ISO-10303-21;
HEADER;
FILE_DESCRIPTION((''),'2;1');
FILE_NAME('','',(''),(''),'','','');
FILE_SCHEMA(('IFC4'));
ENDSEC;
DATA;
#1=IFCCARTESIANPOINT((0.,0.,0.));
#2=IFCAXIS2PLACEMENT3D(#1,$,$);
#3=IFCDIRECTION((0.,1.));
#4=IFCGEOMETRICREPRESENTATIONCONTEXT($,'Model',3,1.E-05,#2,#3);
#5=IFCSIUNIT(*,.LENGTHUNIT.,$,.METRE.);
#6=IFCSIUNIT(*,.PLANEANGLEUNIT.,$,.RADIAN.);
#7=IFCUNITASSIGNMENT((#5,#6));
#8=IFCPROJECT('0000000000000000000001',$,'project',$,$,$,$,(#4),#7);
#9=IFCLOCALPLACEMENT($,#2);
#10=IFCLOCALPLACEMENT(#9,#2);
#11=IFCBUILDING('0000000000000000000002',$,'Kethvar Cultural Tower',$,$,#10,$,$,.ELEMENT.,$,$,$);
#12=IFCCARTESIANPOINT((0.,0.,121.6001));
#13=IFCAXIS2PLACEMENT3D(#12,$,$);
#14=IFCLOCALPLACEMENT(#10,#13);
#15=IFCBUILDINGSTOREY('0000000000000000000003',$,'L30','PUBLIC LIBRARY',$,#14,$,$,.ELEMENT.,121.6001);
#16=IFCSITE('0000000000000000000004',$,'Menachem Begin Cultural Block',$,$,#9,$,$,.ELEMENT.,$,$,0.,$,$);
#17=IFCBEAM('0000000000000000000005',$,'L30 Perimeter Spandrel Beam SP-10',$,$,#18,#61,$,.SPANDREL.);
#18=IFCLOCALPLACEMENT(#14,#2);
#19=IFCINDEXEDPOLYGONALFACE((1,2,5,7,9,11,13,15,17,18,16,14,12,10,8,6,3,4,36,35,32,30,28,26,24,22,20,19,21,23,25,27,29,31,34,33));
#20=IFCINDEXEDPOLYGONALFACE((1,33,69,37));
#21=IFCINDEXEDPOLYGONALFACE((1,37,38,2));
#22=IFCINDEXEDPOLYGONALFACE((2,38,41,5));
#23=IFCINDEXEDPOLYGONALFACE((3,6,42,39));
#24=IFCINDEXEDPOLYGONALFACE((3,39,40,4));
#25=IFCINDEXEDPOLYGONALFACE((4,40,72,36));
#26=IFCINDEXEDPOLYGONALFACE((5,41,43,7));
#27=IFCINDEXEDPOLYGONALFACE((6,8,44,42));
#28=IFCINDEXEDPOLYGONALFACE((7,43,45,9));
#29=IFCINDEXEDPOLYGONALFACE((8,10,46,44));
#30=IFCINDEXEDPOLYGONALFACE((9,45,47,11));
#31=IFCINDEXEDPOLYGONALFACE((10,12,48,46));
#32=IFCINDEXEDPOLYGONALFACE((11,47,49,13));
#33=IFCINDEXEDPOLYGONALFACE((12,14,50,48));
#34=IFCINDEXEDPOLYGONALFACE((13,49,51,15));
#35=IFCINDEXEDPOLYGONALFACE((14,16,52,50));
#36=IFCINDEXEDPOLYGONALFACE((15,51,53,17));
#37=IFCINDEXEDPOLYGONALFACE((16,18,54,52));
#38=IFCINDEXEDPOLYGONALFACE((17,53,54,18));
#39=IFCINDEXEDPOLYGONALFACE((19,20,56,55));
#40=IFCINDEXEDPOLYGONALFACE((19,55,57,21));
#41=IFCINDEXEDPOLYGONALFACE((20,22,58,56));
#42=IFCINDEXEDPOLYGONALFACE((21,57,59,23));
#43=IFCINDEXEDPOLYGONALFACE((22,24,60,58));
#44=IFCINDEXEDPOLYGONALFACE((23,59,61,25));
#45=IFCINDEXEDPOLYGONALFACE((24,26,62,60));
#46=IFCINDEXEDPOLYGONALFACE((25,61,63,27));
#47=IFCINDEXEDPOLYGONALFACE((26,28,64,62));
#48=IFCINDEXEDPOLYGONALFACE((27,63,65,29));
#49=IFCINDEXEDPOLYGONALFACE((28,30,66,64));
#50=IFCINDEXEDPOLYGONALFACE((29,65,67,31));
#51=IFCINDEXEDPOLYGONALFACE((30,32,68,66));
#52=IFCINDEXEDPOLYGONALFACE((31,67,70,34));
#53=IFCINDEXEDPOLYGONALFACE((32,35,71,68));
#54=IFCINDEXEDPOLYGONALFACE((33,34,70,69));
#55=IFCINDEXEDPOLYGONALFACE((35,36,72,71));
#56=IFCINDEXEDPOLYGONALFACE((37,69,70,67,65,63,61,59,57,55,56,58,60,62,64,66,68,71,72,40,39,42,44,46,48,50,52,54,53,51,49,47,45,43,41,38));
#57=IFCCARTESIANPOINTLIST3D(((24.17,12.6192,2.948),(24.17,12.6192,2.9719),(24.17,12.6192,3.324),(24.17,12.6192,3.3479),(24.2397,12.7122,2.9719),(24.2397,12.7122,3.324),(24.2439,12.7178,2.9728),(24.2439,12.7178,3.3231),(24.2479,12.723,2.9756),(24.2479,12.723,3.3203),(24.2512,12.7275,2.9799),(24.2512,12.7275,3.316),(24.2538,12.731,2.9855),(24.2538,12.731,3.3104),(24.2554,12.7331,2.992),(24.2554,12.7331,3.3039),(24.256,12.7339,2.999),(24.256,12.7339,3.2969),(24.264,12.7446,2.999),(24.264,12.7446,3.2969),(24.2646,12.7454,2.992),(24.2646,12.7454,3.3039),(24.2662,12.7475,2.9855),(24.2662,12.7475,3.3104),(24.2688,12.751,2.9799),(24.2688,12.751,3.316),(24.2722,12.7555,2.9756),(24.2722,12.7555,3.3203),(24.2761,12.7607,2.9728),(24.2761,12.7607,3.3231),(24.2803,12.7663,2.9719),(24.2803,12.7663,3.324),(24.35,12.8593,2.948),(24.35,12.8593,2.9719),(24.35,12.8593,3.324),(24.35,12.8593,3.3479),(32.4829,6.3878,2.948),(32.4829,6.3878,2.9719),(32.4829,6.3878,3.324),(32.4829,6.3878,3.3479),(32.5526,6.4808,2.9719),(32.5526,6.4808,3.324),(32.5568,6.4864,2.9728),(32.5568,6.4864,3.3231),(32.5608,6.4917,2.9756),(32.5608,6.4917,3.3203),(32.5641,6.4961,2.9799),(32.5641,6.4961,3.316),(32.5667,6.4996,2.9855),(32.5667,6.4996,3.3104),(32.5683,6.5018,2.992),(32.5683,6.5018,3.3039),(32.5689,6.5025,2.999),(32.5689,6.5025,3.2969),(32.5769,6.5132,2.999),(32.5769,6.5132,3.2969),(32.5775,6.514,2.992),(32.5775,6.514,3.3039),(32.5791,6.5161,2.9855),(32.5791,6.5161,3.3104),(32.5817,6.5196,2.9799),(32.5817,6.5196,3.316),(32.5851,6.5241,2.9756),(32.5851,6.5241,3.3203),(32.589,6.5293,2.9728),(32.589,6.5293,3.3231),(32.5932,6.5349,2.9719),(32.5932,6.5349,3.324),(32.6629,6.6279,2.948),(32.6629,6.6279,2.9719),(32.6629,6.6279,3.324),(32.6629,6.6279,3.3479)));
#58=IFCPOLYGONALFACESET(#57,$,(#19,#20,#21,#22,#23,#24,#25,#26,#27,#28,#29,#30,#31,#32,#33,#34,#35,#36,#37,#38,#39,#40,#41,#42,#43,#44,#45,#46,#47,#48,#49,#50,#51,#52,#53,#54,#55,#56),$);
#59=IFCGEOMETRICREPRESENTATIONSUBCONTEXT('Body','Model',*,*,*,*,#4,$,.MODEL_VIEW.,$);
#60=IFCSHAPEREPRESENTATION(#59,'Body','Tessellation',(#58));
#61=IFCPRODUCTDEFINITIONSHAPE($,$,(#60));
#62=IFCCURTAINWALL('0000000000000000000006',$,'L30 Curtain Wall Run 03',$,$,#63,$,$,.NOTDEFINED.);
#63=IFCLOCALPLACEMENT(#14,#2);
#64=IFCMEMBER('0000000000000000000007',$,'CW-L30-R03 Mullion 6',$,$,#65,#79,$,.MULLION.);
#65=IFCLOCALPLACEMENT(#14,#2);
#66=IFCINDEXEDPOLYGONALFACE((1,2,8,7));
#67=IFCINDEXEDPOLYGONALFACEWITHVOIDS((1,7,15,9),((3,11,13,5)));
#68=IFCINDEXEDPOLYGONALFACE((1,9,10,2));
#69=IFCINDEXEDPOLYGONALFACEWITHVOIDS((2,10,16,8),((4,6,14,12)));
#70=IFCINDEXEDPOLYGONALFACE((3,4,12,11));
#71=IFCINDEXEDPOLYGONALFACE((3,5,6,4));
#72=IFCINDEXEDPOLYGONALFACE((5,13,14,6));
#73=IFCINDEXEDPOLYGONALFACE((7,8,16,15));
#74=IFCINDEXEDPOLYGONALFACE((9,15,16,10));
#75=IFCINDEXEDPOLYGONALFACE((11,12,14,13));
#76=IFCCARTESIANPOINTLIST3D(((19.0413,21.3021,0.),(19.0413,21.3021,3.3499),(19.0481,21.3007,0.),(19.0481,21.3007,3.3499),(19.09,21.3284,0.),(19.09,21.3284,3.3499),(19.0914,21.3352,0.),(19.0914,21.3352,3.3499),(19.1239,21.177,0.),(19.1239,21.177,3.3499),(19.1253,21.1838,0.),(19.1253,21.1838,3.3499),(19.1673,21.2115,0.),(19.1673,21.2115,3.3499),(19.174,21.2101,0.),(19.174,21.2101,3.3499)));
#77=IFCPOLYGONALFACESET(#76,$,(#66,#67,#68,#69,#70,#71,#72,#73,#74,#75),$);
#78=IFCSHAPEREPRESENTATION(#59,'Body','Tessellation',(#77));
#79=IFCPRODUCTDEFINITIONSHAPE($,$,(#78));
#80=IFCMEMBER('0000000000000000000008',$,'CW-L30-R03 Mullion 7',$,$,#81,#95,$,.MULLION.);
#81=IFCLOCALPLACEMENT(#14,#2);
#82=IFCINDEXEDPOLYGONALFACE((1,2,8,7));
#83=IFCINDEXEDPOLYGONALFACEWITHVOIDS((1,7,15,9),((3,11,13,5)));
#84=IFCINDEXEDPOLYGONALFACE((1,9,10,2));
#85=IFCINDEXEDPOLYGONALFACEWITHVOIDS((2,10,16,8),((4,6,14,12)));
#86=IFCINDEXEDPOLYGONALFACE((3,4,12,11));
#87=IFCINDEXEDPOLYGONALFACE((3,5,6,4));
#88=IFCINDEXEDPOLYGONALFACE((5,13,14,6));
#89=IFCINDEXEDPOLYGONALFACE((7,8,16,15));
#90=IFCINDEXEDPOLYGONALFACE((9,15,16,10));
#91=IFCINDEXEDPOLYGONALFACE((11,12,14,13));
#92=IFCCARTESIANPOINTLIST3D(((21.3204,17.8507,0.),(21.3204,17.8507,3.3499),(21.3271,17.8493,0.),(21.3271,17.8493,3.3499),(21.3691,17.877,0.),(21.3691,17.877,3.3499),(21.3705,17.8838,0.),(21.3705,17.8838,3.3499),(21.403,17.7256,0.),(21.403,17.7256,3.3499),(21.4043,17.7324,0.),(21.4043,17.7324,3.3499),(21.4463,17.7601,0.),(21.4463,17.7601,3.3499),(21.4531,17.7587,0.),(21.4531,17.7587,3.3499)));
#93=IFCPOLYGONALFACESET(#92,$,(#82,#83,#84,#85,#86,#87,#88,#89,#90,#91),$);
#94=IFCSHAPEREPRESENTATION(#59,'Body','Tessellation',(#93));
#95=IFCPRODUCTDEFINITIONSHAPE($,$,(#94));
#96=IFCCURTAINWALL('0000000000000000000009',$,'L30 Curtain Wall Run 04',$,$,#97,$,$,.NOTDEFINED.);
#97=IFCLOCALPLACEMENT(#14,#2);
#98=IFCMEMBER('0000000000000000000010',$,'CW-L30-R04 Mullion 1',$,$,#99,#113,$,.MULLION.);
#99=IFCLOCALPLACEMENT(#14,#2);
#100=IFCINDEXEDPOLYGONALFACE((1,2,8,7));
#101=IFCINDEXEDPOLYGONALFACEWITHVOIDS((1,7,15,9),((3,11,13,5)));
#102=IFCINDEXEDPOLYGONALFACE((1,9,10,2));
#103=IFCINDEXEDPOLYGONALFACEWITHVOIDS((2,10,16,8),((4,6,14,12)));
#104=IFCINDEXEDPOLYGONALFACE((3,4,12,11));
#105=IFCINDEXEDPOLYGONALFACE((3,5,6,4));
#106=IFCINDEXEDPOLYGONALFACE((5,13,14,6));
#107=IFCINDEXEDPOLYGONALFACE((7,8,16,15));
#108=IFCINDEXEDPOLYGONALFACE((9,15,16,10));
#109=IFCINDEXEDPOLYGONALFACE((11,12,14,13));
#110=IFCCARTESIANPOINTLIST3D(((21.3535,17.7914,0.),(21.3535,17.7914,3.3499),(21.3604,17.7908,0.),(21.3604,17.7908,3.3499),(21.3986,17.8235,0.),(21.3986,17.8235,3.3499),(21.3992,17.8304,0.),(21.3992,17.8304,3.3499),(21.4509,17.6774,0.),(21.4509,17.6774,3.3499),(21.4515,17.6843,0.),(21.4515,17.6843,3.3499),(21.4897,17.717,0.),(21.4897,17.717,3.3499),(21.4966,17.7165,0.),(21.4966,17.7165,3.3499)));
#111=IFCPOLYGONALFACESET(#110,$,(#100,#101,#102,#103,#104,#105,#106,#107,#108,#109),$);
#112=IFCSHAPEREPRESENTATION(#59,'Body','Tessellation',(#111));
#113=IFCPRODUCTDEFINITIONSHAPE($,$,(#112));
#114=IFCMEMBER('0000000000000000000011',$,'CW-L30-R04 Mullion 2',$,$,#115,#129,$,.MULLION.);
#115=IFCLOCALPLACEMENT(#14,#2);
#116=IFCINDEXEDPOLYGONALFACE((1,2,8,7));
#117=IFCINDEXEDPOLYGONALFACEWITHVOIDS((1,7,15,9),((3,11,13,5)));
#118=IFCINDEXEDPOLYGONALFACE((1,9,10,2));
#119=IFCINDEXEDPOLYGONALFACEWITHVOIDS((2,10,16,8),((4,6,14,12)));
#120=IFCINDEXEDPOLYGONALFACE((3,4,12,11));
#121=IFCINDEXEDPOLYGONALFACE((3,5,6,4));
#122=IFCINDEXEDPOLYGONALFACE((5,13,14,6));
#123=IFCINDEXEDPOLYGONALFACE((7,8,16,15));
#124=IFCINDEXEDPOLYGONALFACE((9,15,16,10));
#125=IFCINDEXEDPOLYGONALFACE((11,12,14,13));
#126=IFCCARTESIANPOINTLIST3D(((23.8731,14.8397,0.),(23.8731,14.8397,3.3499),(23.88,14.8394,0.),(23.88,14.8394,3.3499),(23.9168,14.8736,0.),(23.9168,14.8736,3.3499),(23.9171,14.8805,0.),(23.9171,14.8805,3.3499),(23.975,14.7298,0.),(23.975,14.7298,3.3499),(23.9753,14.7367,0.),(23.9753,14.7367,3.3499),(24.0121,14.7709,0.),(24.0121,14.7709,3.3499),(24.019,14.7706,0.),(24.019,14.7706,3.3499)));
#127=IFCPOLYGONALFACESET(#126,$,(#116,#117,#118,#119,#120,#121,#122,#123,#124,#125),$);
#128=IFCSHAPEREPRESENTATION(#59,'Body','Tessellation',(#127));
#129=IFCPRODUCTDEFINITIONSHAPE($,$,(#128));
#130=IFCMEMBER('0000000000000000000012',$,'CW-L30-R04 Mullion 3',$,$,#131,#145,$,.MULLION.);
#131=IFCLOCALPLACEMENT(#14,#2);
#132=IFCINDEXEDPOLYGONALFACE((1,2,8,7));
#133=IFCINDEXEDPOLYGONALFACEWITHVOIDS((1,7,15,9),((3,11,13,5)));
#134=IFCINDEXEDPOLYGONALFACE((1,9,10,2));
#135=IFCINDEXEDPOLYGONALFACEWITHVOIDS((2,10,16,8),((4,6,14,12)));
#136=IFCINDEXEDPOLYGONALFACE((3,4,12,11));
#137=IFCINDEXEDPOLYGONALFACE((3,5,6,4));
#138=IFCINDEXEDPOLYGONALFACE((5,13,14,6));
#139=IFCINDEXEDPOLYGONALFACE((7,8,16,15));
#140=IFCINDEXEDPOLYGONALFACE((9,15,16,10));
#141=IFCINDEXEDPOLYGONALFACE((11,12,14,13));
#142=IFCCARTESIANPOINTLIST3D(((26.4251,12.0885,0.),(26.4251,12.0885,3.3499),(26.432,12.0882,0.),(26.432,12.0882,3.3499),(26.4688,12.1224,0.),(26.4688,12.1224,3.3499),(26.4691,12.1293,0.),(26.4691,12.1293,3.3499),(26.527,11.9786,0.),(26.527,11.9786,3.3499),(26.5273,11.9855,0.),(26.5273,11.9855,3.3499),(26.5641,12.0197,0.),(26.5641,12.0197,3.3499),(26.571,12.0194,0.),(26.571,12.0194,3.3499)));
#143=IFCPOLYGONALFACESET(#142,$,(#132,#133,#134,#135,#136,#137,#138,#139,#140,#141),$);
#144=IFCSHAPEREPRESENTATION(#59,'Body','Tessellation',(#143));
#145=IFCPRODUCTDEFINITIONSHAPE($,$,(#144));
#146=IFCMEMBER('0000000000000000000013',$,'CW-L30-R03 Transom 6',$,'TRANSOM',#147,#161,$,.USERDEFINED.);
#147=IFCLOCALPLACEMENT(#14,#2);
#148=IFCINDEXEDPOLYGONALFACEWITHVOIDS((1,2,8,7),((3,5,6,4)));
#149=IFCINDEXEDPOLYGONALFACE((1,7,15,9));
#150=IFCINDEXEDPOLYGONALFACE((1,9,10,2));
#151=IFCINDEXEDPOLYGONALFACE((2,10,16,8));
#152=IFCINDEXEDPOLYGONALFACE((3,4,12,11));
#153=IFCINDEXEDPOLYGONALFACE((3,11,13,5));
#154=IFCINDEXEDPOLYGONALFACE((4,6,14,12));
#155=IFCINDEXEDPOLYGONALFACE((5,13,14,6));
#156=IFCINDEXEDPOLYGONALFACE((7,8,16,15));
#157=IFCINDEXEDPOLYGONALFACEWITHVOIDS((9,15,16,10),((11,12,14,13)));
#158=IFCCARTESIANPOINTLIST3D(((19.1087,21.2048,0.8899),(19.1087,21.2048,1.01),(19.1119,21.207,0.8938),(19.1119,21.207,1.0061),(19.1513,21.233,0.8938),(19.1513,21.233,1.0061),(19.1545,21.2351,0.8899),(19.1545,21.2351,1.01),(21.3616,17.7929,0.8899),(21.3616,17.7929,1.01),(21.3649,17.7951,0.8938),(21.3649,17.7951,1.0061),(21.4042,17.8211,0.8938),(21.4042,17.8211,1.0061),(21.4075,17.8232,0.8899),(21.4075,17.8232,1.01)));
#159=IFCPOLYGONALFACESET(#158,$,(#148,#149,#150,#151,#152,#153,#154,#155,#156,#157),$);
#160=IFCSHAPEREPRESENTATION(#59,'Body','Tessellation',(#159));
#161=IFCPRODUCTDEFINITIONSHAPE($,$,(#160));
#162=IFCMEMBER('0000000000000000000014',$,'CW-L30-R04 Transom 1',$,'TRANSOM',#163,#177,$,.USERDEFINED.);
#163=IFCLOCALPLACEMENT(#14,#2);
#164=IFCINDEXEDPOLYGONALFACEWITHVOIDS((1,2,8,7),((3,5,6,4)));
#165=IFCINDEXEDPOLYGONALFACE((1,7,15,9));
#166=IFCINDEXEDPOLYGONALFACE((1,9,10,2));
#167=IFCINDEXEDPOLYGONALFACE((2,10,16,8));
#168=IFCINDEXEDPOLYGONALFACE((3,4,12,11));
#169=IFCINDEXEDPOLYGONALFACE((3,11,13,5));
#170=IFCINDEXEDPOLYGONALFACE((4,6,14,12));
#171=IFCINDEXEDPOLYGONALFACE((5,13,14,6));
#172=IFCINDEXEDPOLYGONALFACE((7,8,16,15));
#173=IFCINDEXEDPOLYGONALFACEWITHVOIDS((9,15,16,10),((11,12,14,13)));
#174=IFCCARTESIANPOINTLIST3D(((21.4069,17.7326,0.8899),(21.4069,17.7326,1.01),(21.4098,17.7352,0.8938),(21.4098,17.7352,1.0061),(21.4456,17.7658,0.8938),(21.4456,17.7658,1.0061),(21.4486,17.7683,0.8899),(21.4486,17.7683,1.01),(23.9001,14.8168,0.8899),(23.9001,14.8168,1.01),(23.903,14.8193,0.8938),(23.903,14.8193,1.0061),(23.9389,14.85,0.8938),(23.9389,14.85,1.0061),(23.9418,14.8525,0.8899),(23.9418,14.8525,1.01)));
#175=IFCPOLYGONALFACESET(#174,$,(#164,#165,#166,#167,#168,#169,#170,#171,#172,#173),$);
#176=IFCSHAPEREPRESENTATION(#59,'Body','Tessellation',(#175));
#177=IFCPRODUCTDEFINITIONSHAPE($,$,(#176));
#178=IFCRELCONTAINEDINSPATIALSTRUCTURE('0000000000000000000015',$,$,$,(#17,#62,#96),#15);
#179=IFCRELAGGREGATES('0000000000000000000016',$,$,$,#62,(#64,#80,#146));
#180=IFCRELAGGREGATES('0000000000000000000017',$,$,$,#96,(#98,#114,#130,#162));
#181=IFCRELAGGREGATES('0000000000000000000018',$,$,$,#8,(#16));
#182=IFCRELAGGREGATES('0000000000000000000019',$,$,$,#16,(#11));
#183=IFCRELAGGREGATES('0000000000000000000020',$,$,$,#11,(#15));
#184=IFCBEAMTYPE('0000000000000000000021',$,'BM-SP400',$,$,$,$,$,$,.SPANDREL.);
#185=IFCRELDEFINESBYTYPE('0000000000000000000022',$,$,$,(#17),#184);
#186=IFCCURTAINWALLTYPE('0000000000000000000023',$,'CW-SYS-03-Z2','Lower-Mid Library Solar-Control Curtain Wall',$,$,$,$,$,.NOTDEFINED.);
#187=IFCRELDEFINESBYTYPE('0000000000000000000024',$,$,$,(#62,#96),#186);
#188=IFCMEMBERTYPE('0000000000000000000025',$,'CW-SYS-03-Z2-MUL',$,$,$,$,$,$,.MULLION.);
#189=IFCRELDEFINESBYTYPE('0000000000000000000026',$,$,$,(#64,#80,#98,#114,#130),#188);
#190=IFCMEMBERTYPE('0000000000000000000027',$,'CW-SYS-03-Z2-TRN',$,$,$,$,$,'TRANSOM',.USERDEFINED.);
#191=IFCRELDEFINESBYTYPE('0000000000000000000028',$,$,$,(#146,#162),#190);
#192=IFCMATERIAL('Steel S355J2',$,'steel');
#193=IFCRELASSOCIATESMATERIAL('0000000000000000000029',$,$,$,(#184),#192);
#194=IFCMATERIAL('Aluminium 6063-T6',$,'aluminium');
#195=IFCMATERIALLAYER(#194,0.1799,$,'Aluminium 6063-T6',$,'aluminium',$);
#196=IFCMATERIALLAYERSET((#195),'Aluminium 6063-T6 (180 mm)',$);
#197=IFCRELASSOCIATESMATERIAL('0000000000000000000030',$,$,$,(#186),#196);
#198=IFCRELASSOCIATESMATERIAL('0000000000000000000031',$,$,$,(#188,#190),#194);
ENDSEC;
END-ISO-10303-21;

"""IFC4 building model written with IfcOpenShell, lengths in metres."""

from ifc_helpers import new_model, si_unit, direction, frame, origin, origin_2d, place, context, subcontext, project, spatial, hollow_rectangle, i_section, extrude, source, transform, mapped, material, layer, layer_set, material_profile, profile_set, type_object, element, aggregate, save


model = new_model("IFC4")

# Units and contexts
model_context = context("Model", 3, precision=1e-05, world=origin(), true_north=direction((0.0, 1.0)))
body_context = subcontext(model_context, "Body", "Model", "MODEL_VIEW")
ifc_project = project(units=[si_unit("LENGTHUNIT", "METRE"), si_unit("PLANEANGLEUNIT", "RADIAN")], contexts=[model_context])

# Site, building, storey
site_placement = place(None, origin())
site = spatial("IfcSite", under=ifc_project, at=site_placement, Name="Menachem Begin Cultural Block", CompositionType="ELEMENT", RefElevation=0.0)
building_placement = place(site_placement, origin())
building = spatial("IfcBuilding", under=site, at=building_placement, Name="Kethvar Cultural Tower", CompositionType="ELEMENT")
storey_placement = place(building_placement, frame((0.0, 0.0, 121.6001)))
storey = spatial("IfcBuildingStorey", under=building, at=storey_placement, Name="L30", Description="PUBLIC LIBRARY", CompositionType="ELEMENT", Elevation=121.6001)

# Beam
ifc_material_1 = material(Name="Steel S355J2", Category="steel")
ifc_material_profile_1 = material_profile(ifc_material_1, i_section(OverallWidth=0.3, OverallDepth=0.3999, WebThickness=0.0134, FlangeThickness=0.0239, FilletRadius=0.0271, at=origin_2d()), Name="Steel S355J2 — HEB400")
ifc_profile_set_1 = profile_set([ifc_material_profile_1], Name="Steel S355J2 — HEB400")
beam_type_1 = type_object("IfcBeamType", Name="BM-SP400", PredefinedType="SPANDREL", material=ifc_profile_set_1)
shared_shape_1 = source(origin(), body_context, "Body", "SweptSolid", [
    extrude(i_section(OverallWidth=0.3, OverallDepth=0.3999, WebThickness=0.0134, FlangeThickness=0.0239, FilletRadius=0.0271, at=origin_2d()), origin(), (0.0, 0.0, 1.0), 10.3892),
])
beam_1_placement = place(storey_placement, frame((24.26, 12.7393, 3.1479), z_axis=(0.800152, -0.599797, 0.0), x_axis=(0.599797, 0.800152, 0.0)))
element("IfcBeam", 1, at=beam_1_placement, inside=storey, type_object=beam_type_1, Name="L30 Perimeter Spandrel Beam SP-10", PredefinedType="SPANDREL", context=body_context, shape_type="MappedRepresentation", body=[
    mapped(shared_shape_1, transform((0.0, 0.0, 0.0), scale=1.0)),
])

# Curtain walls, members
ifc_material_2 = material(Name="Aluminium 6063-T6", Category="aluminium")
ifc_layer_1 = layer(ifc_material_2, 0.1799, Name="Aluminium 6063-T6", Category="aluminium")
ifc_layer_set_1 = layer_set([ifc_layer_1], Name="Aluminium 6063-T6 (180 mm)")
curtain_wall_type = type_object("IfcCurtainWallType", Name="CW-SYS-03-Z2", Description="Lower-Mid Library Solar-Control Curtain Wall", PredefinedType="NOTDEFINED", material=ifc_layer_set_1)
curtain_wall_1_placement = place(storey_placement, origin())
curtain_wall_1 = element("IfcCurtainWall", 2, at=curtain_wall_1_placement, inside=storey, type_object=curtain_wall_type, Name="L30 Curtain Wall Run 03", PredefinedType="NOTDEFINED")
ifc_material_profile_2 = material_profile(ifc_material_2, hollow_rectangle(XDim=0.0601, YDim=0.1499, WallThickness=0.0049, at=origin_2d()), Name="Aluminium 6063-T6 — RHS150x60x5")
ifc_profile_set_2 = profile_set([ifc_material_profile_2], Name="Aluminium 6063-T6 — RHS150x60x5")
member_type_1 = type_object("IfcMemberType", Name="CW-SYS-03-Z2-MUL", PredefinedType="MULLION", material=ifc_profile_set_2)
shared_shape_2 = source(origin(), body_context, "Body", "SweptSolid", [
    extrude(hollow_rectangle(XDim=0.0601, YDim=0.1499, WallThickness=0.0049, at=origin_2d()), origin(), (0.0, 0.0, 1.0), 3.3499),
])
member_1_placement = place(storey_placement, frame((19.1077, 21.2561, 0.0), z_axis=(0.0, 0.0, 1.0), x_axis=(0.834483, 0.551034, 0.0)))
member_1 = element("IfcMember", 3, at=member_1_placement, type_object=member_type_1, Name="CW-L30-R03 Mullion 6", PredefinedType="MULLION", context=body_context, shape_type="MappedRepresentation", body=[
    mapped(shared_shape_2, transform((0.0, 0.0, 0.0), scale=1.0)),
])
member_2_placement = place(storey_placement, frame((21.3867, 17.8047, 0.0), z_axis=(0.0, 0.0, 1.0), x_axis=(0.834483, 0.551034, 0.0)))
member_2 = element("IfcMember", 4, at=member_2_placement, type_object=member_type_1, Name="CW-L30-R03 Mullion 7", PredefinedType="MULLION", context=body_context, shape_type="MappedRepresentation", body=[
    mapped(shared_shape_2, transform((0.0, 0.0, 0.0), scale=1.0)),
])
curtain_wall_2_placement = place(storey_placement, origin())
curtain_wall_2 = element("IfcCurtainWall", 5, at=curtain_wall_2_placement, inside=storey, type_object=curtain_wall_type, Name="L30 Curtain Wall Run 04", PredefinedType="NOTDEFINED")
member_3_placement = place(storey_placement, frame((21.425, 17.7539, 0.0), z_axis=(0.0, 0.0, 1.0), x_axis=(0.760054, 0.649859, 0.0)))
member_3 = element("IfcMember", 6, at=member_3_placement, type_object=member_type_1, Name="CW-L30-R04 Mullion 1", PredefinedType="MULLION", context=body_context, shape_type="MappedRepresentation", body=[
    mapped(shared_shape_2, transform((0.0, 0.0, 0.0), scale=1.0)),
])
member_4_placement = place(storey_placement, frame((23.946, 14.8052, 0.0), z_axis=(0.0, 0.0, 1.0), x_axis=(0.733149, 0.680069, 0.0)))
member_4 = element("IfcMember", 7, at=member_4_placement, type_object=member_type_1, Name="CW-L30-R04 Mullion 2", PredefinedType="MULLION", context=body_context, shape_type="MappedRepresentation", body=[
    mapped(shared_shape_2, transform((0.0, 0.0, 0.0), scale=1.0)),
])
member_5_placement = place(storey_placement, frame((26.498, 12.054, 0.0), z_axis=(0.0, 0.0, 1.0), x_axis=(0.733149, 0.680069, 0.0)))
member_5 = element("IfcMember", 8, at=member_5_placement, type_object=member_type_1, Name="CW-L30-R04 Mullion 3", PredefinedType="MULLION", context=body_context, shape_type="MappedRepresentation", body=[
    mapped(shared_shape_2, transform((0.0, 0.0, 0.0), scale=1.0)),
])

# Members
ifc_material_profile_3 = material_profile(ifc_material_2, hollow_rectangle(XDim=0.0549, YDim=0.1201, WallThickness=0.0039, at=origin_2d()), Name="Aluminium 6063-T6 — RHS120x55x4")
ifc_profile_set_3 = profile_set([ifc_material_profile_3], Name="Aluminium 6063-T6 — RHS120x55x4")
member_type_2 = type_object("IfcMemberType", Name="CW-SYS-03-Z2-TRN", ElementType="TRANSOM", PredefinedType="USERDEFINED", material=ifc_profile_set_3)
shared_shape_3 = source(origin(), body_context, "Body", "SweptSolid", [
    extrude(hollow_rectangle(XDim=0.0549, YDim=0.1201, WallThickness=0.0039, at=origin_2d()), origin(), (0.0, 0.0, 1.0), 4.0886),
])
member_6_placement = place(storey_placement, frame((19.1316, 21.22, 0.95), z_axis=(0.551029, -0.834486, 0.0), x_axis=(0.834486, 0.551029, 0.0)))
member_6 = element("IfcMember", 9, at=member_6_placement, type_object=member_type_2, Name="CW-L30-R03 Transom 6", ObjectType="TRANSOM", PredefinedType="USERDEFINED", context=body_context, shape_type="MappedRepresentation", body=[
    mapped(shared_shape_3, transform((0.0, 0.0, 0.0), scale=1.0)),
])
shared_shape_4 = source(origin(), body_context, "Body", "SweptSolid", [
    extrude(hollow_rectangle(XDim=0.0549, YDim=0.1201, WallThickness=0.0039, at=origin_2d()), origin(), (0.0, 0.0, 1.0), 3.8364),
])
member_7_placement = place(storey_placement, frame((21.4277, 17.7505, 0.95), z_axis=(0.649879, -0.760038, 0.0), x_axis=(0.760038, 0.649879, 0.0)))
member_7 = element("IfcMember", 10, at=member_7_placement, type_object=member_type_2, Name="CW-L30-R04 Transom 1", ObjectType="TRANSOM", PredefinedType="USERDEFINED", context=body_context, shape_type="MappedRepresentation", body=[
    mapped(shared_shape_4, transform((0.0, 0.0, 0.0), scale=1.0)),
])

aggregate(curtain_wall_1, [member_1, member_2, member_6])
aggregate(curtain_wall_2, [member_3, member_4, member_5, member_7])

save(model, "model.ifc")
